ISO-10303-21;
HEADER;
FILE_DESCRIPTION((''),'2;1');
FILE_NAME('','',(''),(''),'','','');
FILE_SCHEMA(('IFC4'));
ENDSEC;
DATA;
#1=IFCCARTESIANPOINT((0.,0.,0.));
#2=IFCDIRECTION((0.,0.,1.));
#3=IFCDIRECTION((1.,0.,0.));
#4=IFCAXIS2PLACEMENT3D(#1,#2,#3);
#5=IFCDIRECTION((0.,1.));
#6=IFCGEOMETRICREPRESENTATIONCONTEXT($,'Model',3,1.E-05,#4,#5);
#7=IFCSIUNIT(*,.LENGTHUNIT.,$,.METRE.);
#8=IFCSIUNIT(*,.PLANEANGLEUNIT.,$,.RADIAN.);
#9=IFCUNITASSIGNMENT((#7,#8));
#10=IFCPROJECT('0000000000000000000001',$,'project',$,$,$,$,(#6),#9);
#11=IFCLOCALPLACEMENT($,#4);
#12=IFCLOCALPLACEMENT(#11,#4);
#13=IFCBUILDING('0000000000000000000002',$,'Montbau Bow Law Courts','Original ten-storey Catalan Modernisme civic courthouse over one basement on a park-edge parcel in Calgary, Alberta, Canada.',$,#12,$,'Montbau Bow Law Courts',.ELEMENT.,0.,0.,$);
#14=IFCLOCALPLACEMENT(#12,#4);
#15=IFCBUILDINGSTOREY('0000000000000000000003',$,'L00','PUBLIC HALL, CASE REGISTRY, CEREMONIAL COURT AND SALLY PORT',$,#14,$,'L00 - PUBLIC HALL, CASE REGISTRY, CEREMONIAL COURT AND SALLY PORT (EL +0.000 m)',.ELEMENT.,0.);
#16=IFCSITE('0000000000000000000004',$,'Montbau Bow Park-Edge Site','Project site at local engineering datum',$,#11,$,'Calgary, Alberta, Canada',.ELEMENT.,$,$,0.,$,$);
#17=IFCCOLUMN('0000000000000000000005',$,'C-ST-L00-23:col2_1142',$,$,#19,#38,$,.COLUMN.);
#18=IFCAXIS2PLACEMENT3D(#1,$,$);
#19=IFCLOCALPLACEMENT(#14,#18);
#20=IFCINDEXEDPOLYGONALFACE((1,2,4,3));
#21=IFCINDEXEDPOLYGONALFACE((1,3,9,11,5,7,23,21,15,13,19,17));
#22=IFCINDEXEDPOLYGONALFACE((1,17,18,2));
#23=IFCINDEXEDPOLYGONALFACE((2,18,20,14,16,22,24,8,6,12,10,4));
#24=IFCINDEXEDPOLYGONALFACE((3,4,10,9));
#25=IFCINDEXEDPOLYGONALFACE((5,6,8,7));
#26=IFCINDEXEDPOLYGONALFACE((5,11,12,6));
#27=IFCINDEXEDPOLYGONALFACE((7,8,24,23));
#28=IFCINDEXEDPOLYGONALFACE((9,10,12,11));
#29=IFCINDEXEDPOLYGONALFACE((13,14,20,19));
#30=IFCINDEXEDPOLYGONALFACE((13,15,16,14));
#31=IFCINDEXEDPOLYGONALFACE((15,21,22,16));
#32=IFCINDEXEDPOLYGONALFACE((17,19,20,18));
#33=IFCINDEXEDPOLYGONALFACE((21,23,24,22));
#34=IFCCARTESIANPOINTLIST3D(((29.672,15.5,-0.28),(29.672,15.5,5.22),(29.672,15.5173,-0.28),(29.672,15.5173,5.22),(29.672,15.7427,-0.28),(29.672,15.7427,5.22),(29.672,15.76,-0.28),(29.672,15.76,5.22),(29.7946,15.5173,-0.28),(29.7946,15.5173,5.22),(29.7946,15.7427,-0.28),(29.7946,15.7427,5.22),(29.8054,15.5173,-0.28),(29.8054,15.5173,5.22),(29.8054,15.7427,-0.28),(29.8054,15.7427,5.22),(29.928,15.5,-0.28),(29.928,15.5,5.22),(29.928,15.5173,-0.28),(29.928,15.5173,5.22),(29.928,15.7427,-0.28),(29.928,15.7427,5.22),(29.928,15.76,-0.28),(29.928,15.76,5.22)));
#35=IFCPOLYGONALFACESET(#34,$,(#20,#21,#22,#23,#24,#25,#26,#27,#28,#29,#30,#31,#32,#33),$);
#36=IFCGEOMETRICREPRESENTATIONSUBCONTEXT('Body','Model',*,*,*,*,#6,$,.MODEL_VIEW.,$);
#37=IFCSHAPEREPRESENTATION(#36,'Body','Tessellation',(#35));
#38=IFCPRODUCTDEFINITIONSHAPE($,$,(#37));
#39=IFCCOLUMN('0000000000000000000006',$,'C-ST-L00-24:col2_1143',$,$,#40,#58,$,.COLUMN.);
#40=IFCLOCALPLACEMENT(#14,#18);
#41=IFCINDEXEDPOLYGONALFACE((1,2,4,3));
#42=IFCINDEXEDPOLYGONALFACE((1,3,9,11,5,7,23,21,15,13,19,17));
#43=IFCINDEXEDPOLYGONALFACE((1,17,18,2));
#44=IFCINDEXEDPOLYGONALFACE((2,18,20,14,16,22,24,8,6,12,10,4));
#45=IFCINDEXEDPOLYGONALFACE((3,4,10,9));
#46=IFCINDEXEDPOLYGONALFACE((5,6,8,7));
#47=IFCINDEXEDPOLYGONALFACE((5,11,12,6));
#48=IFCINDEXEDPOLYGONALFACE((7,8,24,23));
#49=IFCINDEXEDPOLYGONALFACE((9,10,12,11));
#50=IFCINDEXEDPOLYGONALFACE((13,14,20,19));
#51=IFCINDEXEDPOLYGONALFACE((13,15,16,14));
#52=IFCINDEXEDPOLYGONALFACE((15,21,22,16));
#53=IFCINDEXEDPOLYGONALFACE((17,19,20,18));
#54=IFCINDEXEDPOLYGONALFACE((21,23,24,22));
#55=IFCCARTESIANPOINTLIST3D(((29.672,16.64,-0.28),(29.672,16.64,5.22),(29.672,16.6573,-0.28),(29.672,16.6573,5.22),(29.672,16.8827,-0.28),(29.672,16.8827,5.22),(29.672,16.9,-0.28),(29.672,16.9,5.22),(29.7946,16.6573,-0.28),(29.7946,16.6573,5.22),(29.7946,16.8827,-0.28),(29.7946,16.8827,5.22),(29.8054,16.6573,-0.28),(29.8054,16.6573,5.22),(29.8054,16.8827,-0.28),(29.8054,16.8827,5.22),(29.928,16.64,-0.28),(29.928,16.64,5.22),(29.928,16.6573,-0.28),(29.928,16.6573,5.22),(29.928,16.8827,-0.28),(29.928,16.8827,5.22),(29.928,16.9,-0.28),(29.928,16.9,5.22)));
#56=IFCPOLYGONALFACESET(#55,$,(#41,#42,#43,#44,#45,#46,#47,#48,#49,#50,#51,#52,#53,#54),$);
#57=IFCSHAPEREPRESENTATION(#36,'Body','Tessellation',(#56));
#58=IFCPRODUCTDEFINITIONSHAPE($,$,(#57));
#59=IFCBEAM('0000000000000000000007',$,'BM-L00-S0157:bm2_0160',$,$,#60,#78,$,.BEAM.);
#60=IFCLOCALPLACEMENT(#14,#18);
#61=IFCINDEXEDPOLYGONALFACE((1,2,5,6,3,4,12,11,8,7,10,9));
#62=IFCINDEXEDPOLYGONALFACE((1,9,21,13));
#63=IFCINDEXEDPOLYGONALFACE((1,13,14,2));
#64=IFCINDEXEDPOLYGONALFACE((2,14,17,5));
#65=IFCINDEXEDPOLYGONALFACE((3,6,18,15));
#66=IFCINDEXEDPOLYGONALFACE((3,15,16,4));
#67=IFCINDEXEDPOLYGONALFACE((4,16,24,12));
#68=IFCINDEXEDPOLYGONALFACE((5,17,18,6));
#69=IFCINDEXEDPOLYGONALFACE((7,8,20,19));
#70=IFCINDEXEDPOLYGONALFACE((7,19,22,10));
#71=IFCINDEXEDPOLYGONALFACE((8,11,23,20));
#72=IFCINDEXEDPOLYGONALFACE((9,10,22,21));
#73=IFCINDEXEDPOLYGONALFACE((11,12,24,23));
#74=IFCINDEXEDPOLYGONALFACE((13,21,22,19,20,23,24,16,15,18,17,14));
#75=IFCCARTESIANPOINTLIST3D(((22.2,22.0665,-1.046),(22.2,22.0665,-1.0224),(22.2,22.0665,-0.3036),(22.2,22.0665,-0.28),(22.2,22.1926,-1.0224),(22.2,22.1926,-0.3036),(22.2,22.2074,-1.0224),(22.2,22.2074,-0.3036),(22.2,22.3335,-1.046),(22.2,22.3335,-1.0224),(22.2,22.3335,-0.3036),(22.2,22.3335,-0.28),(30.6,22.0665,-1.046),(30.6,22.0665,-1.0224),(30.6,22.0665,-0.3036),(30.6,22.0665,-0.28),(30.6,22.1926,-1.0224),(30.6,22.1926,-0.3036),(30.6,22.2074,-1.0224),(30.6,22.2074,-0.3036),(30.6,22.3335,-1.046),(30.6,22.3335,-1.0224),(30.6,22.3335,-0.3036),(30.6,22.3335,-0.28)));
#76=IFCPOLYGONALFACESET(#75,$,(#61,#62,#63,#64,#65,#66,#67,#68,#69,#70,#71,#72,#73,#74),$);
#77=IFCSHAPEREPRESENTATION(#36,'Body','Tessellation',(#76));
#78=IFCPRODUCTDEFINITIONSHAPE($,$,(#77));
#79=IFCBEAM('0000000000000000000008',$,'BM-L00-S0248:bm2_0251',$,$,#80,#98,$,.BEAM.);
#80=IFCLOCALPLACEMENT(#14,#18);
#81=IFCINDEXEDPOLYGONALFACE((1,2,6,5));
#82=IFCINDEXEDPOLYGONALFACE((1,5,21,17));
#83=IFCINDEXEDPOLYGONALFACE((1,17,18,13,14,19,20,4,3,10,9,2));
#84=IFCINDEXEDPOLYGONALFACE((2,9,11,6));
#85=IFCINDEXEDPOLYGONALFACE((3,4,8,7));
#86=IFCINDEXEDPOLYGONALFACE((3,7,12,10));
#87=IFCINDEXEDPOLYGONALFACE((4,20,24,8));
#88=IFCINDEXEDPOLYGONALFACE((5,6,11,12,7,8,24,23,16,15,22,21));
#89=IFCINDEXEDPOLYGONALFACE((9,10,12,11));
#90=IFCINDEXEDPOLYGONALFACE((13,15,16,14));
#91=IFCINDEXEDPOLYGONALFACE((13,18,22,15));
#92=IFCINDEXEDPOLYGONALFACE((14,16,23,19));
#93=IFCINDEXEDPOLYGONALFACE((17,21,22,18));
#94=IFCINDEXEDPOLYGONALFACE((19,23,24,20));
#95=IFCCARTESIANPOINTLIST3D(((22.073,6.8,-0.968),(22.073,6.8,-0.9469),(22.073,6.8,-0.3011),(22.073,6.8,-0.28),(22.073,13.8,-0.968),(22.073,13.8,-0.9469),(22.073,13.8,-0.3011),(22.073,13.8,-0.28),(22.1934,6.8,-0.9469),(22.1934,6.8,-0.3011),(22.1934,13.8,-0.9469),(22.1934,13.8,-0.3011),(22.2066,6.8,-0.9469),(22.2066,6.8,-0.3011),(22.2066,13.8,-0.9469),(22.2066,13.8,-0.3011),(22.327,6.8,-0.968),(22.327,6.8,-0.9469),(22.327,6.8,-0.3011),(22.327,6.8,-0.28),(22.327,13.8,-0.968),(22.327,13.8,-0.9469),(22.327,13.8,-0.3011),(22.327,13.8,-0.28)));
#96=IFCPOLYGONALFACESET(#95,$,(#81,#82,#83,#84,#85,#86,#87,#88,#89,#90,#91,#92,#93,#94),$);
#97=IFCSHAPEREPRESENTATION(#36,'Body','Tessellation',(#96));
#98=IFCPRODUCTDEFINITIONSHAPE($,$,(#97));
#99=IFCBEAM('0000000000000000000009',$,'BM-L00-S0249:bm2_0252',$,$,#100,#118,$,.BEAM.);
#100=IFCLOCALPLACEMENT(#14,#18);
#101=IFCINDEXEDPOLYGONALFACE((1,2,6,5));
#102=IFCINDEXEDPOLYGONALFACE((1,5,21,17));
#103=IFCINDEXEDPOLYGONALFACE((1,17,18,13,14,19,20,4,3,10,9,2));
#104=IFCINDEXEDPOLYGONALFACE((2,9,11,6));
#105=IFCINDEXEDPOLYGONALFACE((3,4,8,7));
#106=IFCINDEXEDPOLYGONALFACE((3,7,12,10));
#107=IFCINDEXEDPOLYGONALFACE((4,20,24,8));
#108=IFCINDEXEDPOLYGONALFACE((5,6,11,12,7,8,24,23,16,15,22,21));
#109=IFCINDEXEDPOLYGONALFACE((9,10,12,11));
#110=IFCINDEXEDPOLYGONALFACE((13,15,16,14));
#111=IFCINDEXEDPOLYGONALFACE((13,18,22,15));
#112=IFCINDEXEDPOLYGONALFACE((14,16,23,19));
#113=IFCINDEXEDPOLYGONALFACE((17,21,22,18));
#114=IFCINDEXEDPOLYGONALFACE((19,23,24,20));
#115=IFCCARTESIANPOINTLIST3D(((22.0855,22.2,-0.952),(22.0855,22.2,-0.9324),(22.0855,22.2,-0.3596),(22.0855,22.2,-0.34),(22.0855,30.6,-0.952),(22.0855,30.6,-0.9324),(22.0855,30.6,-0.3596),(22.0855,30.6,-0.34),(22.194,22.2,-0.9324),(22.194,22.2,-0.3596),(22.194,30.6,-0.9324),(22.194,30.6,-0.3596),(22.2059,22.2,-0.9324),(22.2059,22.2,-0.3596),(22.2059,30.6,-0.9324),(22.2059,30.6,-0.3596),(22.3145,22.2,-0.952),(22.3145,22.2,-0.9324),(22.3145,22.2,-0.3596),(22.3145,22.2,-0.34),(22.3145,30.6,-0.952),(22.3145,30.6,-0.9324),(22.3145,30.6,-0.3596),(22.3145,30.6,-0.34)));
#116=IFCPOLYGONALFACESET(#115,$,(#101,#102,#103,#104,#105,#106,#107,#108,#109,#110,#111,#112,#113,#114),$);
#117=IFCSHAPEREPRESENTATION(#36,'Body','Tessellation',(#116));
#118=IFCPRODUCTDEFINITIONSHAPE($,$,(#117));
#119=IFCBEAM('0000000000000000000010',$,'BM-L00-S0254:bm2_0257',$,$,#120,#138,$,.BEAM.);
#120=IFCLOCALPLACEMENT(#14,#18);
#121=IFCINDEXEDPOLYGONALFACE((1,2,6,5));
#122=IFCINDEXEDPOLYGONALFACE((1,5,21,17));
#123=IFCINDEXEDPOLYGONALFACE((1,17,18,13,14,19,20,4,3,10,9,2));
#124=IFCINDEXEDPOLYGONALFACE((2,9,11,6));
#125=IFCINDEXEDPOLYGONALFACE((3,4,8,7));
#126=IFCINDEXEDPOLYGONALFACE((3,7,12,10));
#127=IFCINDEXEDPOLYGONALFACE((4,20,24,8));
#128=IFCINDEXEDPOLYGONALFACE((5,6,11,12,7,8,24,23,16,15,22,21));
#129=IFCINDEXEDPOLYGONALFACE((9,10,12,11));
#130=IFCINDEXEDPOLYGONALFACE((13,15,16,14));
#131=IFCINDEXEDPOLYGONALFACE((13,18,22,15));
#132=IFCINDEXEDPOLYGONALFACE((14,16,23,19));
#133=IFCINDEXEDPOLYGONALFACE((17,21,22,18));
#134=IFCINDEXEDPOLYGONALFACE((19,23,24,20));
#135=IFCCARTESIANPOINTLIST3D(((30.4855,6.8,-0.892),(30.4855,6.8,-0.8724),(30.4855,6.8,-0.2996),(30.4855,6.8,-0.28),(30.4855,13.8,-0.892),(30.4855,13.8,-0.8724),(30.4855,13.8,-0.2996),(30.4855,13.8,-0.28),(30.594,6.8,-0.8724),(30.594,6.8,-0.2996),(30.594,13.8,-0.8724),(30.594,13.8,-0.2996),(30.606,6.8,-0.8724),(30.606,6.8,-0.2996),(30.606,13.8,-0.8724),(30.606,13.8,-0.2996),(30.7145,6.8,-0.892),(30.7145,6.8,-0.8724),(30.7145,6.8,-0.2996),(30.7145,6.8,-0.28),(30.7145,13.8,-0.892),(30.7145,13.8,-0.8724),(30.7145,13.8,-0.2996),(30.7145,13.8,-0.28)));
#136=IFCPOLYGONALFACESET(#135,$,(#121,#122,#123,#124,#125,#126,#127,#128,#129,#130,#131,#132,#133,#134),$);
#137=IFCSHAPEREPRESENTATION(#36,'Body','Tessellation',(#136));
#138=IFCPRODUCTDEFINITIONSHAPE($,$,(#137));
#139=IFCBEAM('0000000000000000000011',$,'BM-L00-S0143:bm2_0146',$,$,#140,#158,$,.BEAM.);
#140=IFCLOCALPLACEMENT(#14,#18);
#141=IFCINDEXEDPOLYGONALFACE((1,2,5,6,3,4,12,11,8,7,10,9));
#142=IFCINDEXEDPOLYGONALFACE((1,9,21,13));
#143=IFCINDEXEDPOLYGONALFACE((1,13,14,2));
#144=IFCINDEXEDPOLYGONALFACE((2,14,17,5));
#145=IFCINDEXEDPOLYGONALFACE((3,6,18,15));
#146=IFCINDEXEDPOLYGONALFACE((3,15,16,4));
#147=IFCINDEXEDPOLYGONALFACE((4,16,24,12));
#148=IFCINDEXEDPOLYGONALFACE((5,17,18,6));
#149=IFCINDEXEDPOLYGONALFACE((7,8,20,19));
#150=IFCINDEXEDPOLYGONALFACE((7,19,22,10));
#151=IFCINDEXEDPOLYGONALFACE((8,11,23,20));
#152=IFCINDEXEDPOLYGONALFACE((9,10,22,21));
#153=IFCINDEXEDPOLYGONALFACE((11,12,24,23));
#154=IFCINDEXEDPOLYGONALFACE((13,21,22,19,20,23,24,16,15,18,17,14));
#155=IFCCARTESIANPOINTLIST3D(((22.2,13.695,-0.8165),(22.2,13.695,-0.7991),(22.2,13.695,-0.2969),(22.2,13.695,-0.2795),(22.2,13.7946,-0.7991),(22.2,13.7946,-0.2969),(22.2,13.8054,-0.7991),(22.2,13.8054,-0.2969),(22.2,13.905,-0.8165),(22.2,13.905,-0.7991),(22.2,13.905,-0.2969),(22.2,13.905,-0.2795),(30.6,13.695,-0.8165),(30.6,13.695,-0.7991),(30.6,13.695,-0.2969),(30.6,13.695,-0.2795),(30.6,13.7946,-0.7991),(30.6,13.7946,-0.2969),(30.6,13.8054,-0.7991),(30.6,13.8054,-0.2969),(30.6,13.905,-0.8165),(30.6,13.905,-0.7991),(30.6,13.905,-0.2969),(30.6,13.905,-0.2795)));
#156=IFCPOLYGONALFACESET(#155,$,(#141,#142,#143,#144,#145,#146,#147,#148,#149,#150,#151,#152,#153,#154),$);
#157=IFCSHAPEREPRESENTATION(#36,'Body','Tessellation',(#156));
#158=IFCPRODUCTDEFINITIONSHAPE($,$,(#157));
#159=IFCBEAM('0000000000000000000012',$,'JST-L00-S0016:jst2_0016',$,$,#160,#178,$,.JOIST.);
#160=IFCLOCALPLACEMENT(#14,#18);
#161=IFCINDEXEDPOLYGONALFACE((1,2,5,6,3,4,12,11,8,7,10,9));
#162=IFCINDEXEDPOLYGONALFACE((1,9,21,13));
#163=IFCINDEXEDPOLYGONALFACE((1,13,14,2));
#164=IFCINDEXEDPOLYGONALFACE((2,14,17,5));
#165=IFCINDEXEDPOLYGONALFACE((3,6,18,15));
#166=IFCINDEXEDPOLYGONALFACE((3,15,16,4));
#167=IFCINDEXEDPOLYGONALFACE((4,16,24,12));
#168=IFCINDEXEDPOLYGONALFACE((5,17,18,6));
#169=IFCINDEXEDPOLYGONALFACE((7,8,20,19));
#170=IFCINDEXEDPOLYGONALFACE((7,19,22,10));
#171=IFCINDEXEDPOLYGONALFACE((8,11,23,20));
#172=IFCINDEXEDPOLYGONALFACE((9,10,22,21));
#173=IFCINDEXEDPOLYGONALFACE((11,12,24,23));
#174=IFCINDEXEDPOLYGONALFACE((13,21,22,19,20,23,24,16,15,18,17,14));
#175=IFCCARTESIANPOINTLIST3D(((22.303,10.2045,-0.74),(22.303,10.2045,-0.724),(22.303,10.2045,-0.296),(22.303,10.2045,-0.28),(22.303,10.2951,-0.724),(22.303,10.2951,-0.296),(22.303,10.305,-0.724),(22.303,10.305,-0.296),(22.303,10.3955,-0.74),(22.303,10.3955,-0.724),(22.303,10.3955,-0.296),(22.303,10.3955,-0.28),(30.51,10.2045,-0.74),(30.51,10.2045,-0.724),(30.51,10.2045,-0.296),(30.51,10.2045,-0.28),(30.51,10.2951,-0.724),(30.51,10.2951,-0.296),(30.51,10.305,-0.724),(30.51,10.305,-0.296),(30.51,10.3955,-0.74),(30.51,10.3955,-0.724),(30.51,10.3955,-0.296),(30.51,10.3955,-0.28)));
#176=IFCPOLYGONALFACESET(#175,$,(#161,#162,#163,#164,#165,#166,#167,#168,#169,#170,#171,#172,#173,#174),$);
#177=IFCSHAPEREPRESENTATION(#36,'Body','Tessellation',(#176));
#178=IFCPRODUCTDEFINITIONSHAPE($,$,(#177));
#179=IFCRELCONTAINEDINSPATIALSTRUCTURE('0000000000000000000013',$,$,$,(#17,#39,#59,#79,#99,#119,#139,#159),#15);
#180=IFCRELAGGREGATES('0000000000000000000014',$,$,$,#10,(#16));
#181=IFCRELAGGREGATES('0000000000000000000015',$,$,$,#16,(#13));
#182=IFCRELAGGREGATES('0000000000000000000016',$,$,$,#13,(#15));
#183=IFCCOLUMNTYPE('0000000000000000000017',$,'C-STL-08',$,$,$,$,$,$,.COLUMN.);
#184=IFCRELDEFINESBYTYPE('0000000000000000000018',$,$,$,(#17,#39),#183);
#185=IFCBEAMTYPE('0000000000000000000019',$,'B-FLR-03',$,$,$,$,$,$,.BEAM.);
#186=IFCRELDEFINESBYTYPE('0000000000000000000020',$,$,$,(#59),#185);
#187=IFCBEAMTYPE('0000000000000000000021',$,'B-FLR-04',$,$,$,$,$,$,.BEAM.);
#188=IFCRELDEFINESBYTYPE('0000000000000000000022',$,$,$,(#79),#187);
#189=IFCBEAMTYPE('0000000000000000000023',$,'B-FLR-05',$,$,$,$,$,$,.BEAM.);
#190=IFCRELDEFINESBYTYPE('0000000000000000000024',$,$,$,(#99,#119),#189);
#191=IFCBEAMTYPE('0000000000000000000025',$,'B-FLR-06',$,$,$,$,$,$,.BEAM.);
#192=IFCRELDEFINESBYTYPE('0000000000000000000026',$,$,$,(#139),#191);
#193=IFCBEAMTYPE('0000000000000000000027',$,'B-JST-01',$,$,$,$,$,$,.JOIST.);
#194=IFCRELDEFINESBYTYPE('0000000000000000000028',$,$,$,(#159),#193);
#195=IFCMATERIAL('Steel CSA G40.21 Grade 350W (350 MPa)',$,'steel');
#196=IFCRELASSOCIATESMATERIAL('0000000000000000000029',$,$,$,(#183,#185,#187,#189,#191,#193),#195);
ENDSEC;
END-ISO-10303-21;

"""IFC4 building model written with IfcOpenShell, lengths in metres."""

from ifc_helpers import new_model, si_unit, direction, frame, origin_with_axes, origin_2d_with_axis, place, context, subcontext, project, spatial, i_section, extrude, material, material_profile, profile_set, type_object, element, save


model = new_model("IFC4")

# Units and contexts
model_context = context("Model", 3, precision=1e-05, world=origin_with_axes(), true_north=direction((0.0, 1.0)))
body_context = subcontext(model_context, "Body", "Model", "MODEL_VIEW")
ifc_project = project(units=[si_unit("LENGTHUNIT", "METRE"), si_unit("PLANEANGLEUNIT", "RADIAN")], contexts=[model_context])

# Site, building, storey
site_placement = place(None, origin_with_axes())
site = spatial("IfcSite", under=ifc_project, at=site_placement, Name="Montbau Bow Park-Edge Site", Description="Project site at local engineering datum", LongName="Calgary, Alberta, Canada", CompositionType="ELEMENT", RefElevation=0.0)
building_placement = place(site_placement, origin_with_axes())
building = spatial("IfcBuilding", under=site, at=building_placement, Name="Montbau Bow Law Courts", Description="Original ten-storey Catalan Modernisme civic courthouse over one basement on a park-edge parcel in Calgary, Alberta, Canada.", LongName="Montbau Bow Law Courts", CompositionType="ELEMENT", ElevationOfRefHeight=0.0, ElevationOfTerrain=0.0)
storey_placement = place(building_placement, origin_with_axes())
storey = spatial("IfcBuildingStorey", under=building, at=storey_placement, Name="L00", Description="PUBLIC HALL, CASE REGISTRY, CEREMONIAL COURT AND SALLY PORT", LongName="L00 - PUBLIC HALL, CASE REGISTRY, CEREMONIAL COURT AND SALLY PORT (EL +0.000 m)", CompositionType="ELEMENT", Elevation=0.0)

# Columns
ifc_material_1 = material(Name="Steel CSA G40.21 Grade 350W (350 MPa)", Category="steel")
ifc_material_profile_1 = material_profile(ifc_material_1, i_section(OverallWidth=0.256, OverallDepth=0.26, WebThickness=0.0107, FlangeThickness=0.0173, at=origin_2d_with_axis()), Name="W250X89", Category="Main", Priority=0)
ifc_profile_set_1 = profile_set([ifc_material_profile_1], Name="Steel CSA G40.21 Grade 350W (350 MPa)")
column_type_1 = type_object("IfcColumnType", Name="C-STL-08", PredefinedType="COLUMN", material=ifc_profile_set_1)
for number, where, z_axis, x_axis, name in (
    (1, (29.8, 15.63, -0.28), (0.0, 0.0, 1.0), (1.0, 0.0, 0.0), "C-ST-L00-23:col2_1142"),
    (2, (29.8, 16.77, -0.28), (0.0, 0.0, 1.0), (1.0, 0.0, 0.0), "C-ST-L00-24:col2_1143"),
):
    element("IfcColumn", number, at=place(None, frame(where, z_axis=z_axis, x_axis=x_axis)), inside=storey, type_object=column_type_1, Name=name, PredefinedType="COLUMN", context=body_context, shape_type="SweptSolid", body=[
        extrude(i_section(OverallWidth=0.256, OverallDepth=0.26, WebThickness=0.0107, FlangeThickness=0.0173, at=origin_2d_with_axis()), origin_with_axes(), (0.0, 0.0, 1.0), 5.5),
    ])

# Beams
ifc_material_profile_2 = material_profile(ifc_material_1, i_section(OverallWidth=0.267, OverallDepth=0.766, WebThickness=0.0149, FlangeThickness=0.0236, at=origin_2d_with_axis()), Name="W760X185", Category="Main", Priority=0)
ifc_profile_set_2 = profile_set([ifc_material_profile_2], Name="Steel CSA G40.21 Grade 350W (350 MPa)")
beam_type_1 = type_object("IfcBeamType", Name="B-FLR-03", PredefinedType="BEAM", material=ifc_profile_set_2)
beam_1_placement = place(None, frame((22.2, 22.2, -0.663), z_axis=(1.0, 0.0, 0.0), x_axis=(0.0, 1.0, 0.0)))
element("IfcBeam", 3, at=beam_1_placement, inside=storey, type_object=beam_type_1, Name="BM-L00-S0157:bm2_0160", PredefinedType="BEAM", context=body_context, shape_type="SweptSolid", body=[
    extrude(i_section(OverallWidth=0.267, OverallDepth=0.766, WebThickness=0.0149, FlangeThickness=0.0236, at=origin_2d_with_axis()), origin_with_axes(), (0.0, 0.0, 1.0), 8.4),
])
ifc_material_profile_3 = material_profile(ifc_material_1, i_section(OverallWidth=0.254, OverallDepth=0.688, WebThickness=0.0131, FlangeThickness=0.0211, at=origin_2d_with_axis()), Name="W690X152", Category="Main", Priority=0)
ifc_profile_set_3 = profile_set([ifc_material_profile_3], Name="Steel CSA G40.21 Grade 350W (350 MPa)")
beam_type_2 = type_object("IfcBeamType", Name="B-FLR-04", PredefinedType="BEAM", material=ifc_profile_set_3)
beam_2_placement = place(None, frame((22.2, 6.8, -0.624), z_axis=(0.0, 1.0, 0.0), x_axis=(-1.0, 0.0, 0.0)))
element("IfcBeam", 4, at=beam_2_placement, inside=storey, type_object=beam_type_2, Name="BM-L00-S0248:bm2_0251", PredefinedType="BEAM", context=body_context, shape_type="SweptSolid", body=[
    extrude(i_section(OverallWidth=0.254, OverallDepth=0.688, WebThickness=0.0131, FlangeThickness=0.0211, at=origin_2d_with_axis()), origin_with_axes(), (0.0, 0.0, 1.0), 7.0),
])
ifc_material_profile_4 = material_profile(ifc_material_1, i_section(OverallWidth=0.229, OverallDepth=0.612, WebThickness=0.0119, FlangeThickness=0.0196, at=origin_2d_with_axis()), Name="W610X125", Category="Main", Priority=0)
ifc_profile_set_4 = profile_set([ifc_material_profile_4], Name="Steel CSA G40.21 Grade 350W (350 MPa)")
beam_type_3 = type_object("IfcBeamType", Name="B-FLR-05", PredefinedType="BEAM", material=ifc_profile_set_4)
beam_3_placement = place(None, frame((22.2, 22.2, -0.646), z_axis=(0.0, 1.0, 0.0), x_axis=(-1.0, 0.0, 0.0)))
element("IfcBeam", 5, at=beam_3_placement, inside=storey, type_object=beam_type_3, Name="BM-L00-S0249:bm2_0252", PredefinedType="BEAM", context=body_context, shape_type="SweptSolid", body=[
    extrude(i_section(OverallWidth=0.229, OverallDepth=0.612, WebThickness=0.0119, FlangeThickness=0.0196, at=origin_2d_with_axis()), origin_with_axes(), (0.0, 0.0, 1.0), 8.4),
])
beam_4_placement = place(None, frame((30.6, 6.8, -0.586), z_axis=(0.0, 1.0, 0.0), x_axis=(-1.0, 0.0, 0.0)))
element("IfcBeam", 6, at=beam_4_placement, inside=storey, type_object=beam_type_3, Name="BM-L00-S0254:bm2_0257", PredefinedType="BEAM", context=body_context, shape_type="SweptSolid", body=[
    extrude(i_section(OverallWidth=0.229, OverallDepth=0.612, WebThickness=0.0119, FlangeThickness=0.0196, at=origin_2d_with_axis()), origin_with_axes(), (0.0, 0.0, 1.0), 7.0),
])
ifc_material_profile_5 = material_profile(ifc_material_1, i_section(OverallWidth=0.21, OverallDepth=0.537, WebThickness=0.0109, FlangeThickness=0.0174, at=origin_2d_with_axis()), Name="W530X101", Category="Main", Priority=0)
ifc_profile_set_5 = profile_set([ifc_material_profile_5], Name="Steel CSA G40.21 Grade 350W (350 MPa)")
beam_type_4 = type_object("IfcBeamType", Name="B-FLR-06", PredefinedType="BEAM", material=ifc_profile_set_5)
beam_5_placement = place(None, frame((22.2, 13.8, -0.548), z_axis=(1.0, 0.0, 0.0), x_axis=(0.0, 1.0, 0.0)))
element("IfcBeam", 7, at=beam_5_placement, inside=storey, type_object=beam_type_4, Name="BM-L00-S0143:bm2_0146", PredefinedType="BEAM", context=body_context, shape_type="SweptSolid", body=[
    extrude(i_section(OverallWidth=0.21, OverallDepth=0.537, WebThickness=0.0109, FlangeThickness=0.0174, at=origin_2d_with_axis()), origin_with_axes(), (0.0, 0.0, 1.0), 8.4),
])
ifc_material_profile_6 = material_profile(ifc_material_1, i_section(OverallWidth=0.191, OverallDepth=0.46, WebThickness=0.0099, FlangeThickness=0.016, at=origin_2d_with_axis()), Name="W460X82", Category="Main", Priority=0)
ifc_profile_set_6 = profile_set([ifc_material_profile_6], Name="Steel CSA G40.21 Grade 350W (350 MPa)")
beam_type_5 = type_object("IfcBeamType", Name="B-JST-01", PredefinedType="JOIST", material=ifc_profile_set_6)
beam_6_placement = place(None, frame((22.303, 10.3, -0.51), z_axis=(1.0, 0.0, 0.0), x_axis=(0.0, 1.0, 0.0)))
element("IfcBeam", 8, at=beam_6_placement, inside=storey, type_object=beam_type_5, Name="JST-L00-S0016:jst2_0016", PredefinedType="JOIST", context=body_context, shape_type="SweptSolid", body=[
    extrude(i_section(OverallWidth=0.191, OverallDepth=0.46, WebThickness=0.0099, FlangeThickness=0.016, at=origin_2d_with_axis()), origin_with_axes(), (0.0, 0.0, 1.0), 8.207),
])

save(model, "model.ifc")
